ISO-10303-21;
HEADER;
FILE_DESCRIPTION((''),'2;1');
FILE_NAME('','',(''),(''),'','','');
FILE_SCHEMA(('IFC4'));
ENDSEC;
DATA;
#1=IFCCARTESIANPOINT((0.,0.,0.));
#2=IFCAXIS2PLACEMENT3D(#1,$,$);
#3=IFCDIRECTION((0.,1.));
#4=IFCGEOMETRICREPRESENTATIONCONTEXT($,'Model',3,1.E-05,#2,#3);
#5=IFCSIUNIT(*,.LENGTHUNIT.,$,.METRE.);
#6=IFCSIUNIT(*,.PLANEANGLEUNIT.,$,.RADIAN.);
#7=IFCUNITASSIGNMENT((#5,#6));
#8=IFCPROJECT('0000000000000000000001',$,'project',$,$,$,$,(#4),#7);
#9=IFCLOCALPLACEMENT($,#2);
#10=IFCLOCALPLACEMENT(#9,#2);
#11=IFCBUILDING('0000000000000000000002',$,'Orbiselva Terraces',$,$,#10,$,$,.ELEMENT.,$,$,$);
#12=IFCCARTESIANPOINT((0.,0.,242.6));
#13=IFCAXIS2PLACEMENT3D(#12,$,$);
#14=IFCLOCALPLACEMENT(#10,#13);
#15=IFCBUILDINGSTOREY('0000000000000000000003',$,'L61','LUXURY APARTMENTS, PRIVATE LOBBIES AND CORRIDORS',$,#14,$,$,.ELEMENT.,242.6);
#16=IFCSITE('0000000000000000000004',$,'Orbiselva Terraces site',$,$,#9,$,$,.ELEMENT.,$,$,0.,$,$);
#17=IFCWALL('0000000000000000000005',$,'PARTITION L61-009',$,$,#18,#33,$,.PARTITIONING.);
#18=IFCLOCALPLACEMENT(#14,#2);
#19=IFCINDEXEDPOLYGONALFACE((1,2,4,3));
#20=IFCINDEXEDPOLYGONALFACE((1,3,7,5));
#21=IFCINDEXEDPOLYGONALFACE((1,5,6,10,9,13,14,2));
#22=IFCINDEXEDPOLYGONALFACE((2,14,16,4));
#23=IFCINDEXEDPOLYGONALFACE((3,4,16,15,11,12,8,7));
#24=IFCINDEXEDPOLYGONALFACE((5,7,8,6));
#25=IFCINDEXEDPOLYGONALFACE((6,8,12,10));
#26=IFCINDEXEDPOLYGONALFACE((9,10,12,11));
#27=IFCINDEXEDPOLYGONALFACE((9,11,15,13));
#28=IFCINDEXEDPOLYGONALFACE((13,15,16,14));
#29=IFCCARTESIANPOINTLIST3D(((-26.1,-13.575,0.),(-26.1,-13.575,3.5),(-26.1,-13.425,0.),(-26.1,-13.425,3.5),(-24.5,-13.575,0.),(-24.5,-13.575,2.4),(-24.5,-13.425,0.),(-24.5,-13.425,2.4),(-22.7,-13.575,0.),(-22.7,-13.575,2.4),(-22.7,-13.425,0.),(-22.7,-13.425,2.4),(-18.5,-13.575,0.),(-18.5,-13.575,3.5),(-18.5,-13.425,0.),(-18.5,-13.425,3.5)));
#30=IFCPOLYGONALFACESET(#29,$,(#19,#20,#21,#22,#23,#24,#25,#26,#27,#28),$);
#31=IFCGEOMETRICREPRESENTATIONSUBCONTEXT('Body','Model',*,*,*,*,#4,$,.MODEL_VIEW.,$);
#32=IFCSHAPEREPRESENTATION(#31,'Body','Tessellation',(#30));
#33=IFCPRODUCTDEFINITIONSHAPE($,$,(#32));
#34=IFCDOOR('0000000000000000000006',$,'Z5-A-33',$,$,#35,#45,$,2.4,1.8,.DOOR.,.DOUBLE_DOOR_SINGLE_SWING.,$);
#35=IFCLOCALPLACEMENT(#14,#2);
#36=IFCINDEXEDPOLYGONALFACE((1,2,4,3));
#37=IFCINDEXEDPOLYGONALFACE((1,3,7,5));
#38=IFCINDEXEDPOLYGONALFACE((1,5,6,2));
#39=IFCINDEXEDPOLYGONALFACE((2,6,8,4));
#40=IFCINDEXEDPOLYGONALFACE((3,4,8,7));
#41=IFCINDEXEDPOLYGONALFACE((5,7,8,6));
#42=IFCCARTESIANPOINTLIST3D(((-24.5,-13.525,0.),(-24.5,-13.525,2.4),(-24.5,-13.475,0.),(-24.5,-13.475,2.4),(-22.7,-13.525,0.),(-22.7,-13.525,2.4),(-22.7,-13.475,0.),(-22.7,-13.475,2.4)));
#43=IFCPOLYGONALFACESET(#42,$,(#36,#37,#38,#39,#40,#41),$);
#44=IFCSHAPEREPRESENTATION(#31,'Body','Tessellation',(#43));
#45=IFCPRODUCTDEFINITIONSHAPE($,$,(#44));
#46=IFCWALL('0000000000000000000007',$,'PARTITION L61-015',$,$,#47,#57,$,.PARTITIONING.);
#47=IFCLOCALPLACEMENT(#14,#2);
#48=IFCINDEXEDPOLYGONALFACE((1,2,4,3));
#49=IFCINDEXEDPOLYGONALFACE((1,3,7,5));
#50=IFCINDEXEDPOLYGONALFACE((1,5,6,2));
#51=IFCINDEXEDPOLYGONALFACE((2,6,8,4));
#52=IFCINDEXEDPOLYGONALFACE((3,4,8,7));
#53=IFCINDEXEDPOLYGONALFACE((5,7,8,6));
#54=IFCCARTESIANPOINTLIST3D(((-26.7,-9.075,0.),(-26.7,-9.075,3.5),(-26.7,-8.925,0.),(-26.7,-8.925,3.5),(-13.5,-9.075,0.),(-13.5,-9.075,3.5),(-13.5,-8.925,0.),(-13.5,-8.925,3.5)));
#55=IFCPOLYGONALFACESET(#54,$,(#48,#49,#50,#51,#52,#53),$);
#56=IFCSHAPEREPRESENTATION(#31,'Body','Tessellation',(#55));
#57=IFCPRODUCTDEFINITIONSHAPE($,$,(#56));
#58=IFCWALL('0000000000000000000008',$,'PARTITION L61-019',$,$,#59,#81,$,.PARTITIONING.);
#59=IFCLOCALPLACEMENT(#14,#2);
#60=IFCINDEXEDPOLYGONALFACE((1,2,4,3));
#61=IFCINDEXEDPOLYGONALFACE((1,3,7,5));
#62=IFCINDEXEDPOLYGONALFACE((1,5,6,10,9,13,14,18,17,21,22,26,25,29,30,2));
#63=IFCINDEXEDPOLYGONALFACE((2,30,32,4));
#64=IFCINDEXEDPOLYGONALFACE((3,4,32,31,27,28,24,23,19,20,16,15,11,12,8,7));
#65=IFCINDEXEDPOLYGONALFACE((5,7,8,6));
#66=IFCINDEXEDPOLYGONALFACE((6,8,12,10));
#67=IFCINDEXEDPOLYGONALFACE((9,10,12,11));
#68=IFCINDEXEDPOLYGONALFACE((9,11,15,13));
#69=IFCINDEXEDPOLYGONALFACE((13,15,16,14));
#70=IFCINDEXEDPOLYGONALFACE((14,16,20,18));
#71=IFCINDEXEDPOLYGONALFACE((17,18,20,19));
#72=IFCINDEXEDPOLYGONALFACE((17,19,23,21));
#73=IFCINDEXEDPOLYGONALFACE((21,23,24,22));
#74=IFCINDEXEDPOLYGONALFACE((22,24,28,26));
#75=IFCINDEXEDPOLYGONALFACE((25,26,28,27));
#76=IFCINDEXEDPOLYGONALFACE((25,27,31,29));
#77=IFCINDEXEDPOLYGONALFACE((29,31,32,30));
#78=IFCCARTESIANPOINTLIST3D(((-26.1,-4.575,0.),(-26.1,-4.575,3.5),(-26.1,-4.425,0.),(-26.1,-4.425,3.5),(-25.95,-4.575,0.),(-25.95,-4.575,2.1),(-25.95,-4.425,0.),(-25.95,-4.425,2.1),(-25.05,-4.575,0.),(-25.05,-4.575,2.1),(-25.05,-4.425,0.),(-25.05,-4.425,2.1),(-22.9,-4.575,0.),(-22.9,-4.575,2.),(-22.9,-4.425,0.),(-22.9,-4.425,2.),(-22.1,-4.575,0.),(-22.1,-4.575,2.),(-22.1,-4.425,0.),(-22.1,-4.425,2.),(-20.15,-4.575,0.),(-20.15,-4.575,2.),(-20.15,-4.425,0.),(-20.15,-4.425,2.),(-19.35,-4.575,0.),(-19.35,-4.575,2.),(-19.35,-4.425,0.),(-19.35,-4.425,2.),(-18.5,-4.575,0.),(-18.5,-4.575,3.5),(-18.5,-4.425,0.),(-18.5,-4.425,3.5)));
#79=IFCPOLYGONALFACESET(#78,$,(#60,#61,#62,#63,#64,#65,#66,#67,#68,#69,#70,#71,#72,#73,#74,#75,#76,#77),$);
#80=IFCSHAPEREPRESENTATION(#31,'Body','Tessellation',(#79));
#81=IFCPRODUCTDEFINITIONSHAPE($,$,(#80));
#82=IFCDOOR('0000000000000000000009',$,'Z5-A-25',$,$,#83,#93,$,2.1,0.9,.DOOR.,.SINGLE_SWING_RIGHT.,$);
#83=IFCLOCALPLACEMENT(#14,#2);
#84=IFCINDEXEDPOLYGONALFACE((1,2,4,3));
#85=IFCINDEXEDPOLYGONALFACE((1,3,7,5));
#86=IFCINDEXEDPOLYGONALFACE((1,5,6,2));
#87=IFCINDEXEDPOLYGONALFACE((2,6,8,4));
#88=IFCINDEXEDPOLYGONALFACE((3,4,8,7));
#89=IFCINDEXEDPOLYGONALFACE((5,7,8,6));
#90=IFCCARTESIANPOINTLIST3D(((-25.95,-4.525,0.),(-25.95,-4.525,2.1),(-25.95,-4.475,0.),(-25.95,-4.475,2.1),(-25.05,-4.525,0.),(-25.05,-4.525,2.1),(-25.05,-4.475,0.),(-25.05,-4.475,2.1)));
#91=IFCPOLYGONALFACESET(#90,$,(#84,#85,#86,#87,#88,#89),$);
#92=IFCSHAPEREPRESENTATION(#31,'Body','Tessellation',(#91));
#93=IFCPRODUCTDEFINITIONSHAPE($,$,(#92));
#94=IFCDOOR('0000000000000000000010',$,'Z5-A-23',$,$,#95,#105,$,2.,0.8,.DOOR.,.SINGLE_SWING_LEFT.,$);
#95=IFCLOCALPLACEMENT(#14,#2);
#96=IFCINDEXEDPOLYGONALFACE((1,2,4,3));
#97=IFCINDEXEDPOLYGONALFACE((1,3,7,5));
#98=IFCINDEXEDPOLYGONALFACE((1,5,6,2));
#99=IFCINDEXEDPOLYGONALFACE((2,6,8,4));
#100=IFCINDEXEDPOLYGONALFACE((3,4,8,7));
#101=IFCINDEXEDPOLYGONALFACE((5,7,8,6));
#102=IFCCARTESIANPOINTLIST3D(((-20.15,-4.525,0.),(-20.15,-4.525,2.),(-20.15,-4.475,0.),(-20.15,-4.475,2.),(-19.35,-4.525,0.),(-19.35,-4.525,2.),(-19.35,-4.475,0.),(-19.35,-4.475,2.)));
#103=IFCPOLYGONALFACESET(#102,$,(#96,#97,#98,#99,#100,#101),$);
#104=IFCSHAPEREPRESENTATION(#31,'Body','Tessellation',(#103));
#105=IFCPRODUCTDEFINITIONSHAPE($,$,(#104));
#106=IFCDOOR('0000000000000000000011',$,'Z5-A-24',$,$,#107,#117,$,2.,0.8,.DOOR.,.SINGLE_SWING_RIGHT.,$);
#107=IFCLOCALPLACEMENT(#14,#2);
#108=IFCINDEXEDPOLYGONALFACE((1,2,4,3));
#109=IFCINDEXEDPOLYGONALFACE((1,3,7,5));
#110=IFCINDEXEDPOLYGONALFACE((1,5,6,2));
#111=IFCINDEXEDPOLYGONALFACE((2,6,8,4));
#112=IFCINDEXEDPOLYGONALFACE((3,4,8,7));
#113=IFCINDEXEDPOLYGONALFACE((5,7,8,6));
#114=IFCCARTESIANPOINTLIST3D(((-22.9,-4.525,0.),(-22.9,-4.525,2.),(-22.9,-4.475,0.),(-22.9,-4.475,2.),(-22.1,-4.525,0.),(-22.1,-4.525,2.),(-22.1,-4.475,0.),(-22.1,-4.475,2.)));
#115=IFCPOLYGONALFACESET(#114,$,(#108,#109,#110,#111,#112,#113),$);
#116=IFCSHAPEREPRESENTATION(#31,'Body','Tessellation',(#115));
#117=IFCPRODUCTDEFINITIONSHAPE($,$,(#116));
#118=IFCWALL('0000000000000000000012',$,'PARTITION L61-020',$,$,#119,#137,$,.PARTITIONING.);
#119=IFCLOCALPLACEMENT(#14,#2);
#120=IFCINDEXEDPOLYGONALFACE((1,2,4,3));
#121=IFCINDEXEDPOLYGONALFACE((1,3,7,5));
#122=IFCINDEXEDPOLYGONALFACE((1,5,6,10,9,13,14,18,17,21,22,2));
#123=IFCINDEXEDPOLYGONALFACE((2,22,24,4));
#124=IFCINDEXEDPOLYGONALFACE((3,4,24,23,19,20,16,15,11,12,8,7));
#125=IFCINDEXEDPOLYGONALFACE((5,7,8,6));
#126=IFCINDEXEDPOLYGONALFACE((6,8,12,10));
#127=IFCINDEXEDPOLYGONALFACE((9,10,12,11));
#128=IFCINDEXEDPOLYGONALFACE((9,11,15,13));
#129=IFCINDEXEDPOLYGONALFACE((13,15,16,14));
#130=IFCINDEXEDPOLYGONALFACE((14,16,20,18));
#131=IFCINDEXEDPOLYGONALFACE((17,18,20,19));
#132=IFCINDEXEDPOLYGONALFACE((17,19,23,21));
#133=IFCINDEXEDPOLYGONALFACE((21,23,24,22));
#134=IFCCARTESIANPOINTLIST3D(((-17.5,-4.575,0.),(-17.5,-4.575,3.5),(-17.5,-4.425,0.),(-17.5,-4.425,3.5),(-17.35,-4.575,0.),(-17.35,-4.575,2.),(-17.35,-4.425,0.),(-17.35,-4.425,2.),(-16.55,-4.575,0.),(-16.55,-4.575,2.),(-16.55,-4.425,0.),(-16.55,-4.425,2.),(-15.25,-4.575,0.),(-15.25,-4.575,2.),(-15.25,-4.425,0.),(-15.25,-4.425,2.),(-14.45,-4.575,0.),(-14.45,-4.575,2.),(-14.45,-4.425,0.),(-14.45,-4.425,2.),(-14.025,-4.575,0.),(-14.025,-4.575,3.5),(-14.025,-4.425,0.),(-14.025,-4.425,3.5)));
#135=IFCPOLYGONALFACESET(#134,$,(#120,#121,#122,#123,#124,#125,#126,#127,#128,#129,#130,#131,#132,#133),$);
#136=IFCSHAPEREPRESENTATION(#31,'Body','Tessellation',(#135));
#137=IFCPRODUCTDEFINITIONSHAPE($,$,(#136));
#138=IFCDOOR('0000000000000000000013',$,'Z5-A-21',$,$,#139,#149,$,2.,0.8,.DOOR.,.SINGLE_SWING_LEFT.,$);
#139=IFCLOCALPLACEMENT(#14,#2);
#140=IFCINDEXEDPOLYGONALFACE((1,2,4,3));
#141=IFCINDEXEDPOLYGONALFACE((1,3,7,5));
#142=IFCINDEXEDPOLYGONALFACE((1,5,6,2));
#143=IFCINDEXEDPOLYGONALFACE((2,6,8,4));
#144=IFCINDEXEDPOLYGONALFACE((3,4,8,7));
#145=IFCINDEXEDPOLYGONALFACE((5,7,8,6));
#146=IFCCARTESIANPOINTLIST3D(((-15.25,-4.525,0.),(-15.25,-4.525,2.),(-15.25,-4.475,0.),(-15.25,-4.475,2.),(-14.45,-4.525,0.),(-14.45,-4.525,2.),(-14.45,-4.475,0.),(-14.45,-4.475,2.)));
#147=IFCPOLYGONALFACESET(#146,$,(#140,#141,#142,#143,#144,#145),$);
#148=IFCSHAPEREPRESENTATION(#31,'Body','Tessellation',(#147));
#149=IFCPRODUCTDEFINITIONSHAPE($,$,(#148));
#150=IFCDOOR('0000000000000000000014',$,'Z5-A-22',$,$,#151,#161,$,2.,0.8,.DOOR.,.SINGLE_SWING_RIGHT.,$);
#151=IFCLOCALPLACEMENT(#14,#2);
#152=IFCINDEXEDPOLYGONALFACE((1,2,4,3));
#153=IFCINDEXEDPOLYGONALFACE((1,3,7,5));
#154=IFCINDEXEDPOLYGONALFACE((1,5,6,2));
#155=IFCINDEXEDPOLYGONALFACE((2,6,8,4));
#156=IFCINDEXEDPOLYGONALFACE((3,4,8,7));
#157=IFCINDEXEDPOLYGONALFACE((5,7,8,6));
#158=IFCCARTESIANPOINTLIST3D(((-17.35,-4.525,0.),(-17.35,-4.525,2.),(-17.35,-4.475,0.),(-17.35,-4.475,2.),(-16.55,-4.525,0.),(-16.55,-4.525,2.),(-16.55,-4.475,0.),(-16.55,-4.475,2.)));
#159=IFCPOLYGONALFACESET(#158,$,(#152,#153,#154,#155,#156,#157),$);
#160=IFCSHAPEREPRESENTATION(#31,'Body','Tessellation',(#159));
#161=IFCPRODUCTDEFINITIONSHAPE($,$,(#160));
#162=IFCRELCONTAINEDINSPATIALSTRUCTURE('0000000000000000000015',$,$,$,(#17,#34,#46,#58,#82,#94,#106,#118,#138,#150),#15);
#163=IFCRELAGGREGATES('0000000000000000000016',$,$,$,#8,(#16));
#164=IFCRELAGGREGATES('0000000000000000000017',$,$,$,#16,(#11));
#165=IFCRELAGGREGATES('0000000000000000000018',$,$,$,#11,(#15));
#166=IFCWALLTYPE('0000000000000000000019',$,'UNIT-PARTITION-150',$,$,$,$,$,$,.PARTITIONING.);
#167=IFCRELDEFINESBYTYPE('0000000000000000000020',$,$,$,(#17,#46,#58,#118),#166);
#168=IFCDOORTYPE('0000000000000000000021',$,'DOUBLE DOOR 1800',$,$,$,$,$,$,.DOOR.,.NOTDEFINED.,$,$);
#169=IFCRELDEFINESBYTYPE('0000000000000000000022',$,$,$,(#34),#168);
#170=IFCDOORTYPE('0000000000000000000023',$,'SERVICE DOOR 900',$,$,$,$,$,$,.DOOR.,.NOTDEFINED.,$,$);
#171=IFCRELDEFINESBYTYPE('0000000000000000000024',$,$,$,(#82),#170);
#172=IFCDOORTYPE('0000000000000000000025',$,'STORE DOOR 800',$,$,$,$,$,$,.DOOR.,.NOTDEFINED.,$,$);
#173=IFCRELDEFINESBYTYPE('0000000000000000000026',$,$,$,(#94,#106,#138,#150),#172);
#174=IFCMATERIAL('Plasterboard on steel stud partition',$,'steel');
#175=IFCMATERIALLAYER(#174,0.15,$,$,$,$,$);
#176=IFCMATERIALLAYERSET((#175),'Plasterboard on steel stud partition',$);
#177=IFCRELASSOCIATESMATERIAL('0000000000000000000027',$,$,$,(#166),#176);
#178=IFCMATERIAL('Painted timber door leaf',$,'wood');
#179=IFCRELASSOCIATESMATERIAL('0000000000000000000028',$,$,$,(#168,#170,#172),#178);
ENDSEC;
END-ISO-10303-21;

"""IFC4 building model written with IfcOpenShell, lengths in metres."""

from ifc_helpers import new_model, si_unit, direction, frame, frame_2d, origin, place, context, subcontext, project, spatial, rectangle, extrude, material, layer, layer_set, type_object, element, fill, save


model = new_model("IFC4")

# Units and contexts
model_context = context("Model", 3, precision=1e-05, world=origin(), true_north=direction((0.0, 1.0)))
body_context = subcontext(model_context, "Body", "Model", "MODEL_VIEW")
ifc_project = project(units=[si_unit("LENGTHUNIT", "METRE"), si_unit("PLANEANGLEUNIT", "RADIAN")], contexts=[model_context])

# Site, building, storey
site_placement = place(None, origin())
site = spatial("IfcSite", under=ifc_project, at=site_placement, Name="Orbiselva Terraces site", CompositionType="ELEMENT", RefElevation=0.0)
building_placement = place(site_placement, origin())
building = spatial("IfcBuilding", under=site, at=building_placement, Name="Orbiselva Terraces", CompositionType="ELEMENT")
storey_placement = place(building_placement, frame((0.0, 0.0, 242.6)))
storey = spatial("IfcBuildingStorey", under=building, at=storey_placement, Name="L61", Description="LUXURY APARTMENTS, PRIVATE LOBBIES AND CORRIDORS", CompositionType="ELEMENT", Elevation=242.6)

# Shared definitions
ifc_material_1 = material(Name="Plasterboard on steel stud partition", Category="steel")

# Wall, opening, door
ifc_layer_1 = layer(ifc_material_1, 0.15)
ifc_layer_set_1 = layer_set([ifc_layer_1], Name="Plasterboard on steel stud partition")
wall_type_1 = type_object("IfcWallType", Name="UNIT-PARTITION-150", PredefinedType="PARTITIONING", material=ifc_layer_set_1)
wall_1_placement = place(storey_placement, frame((-18.5, -13.5, 0.0), z_axis=(0.0, 0.0, 1.0), x_axis=(-1.0, 0.0, 0.0)))
wall_1 = element("IfcWall", 1, at=wall_1_placement, inside=storey, type_object=wall_type_1, Name="PARTITION L61-009", PredefinedType="PARTITIONING", context=body_context, shape_type="SweptSolid", body=[
    extrude(rectangle(XDim=7.6, YDim=0.15, at=frame_2d((3.8, 0.0))), origin(), (0.0, 0.0, 1.0), 3.5),
])
opening_1_placement = place(wall_1_placement, frame((4.2, 0.0, 0.0)))
opening_1 = element("IfcOpeningElement", 2, at=opening_1_placement, cuts=wall_1, PredefinedType="OPENING", context=body_context, shape_type="SweptSolid", body=[
    extrude(rectangle(XDim=1.8, YDim=2.4, at=frame_2d((0.9, 1.2))), frame((0.0, 0.085, 0.0), z_axis=(0.0, -1.0, 0.0), x_axis=(1.0, 0.0, 0.0)), (0.0, 0.0, 1.0), 0.17),
])
ifc_material_2 = material(Name="Painted timber door leaf", Category="wood")
door_type_1 = type_object("IfcDoorType", Name="DOUBLE DOOR 1800", OperationType="NOTDEFINED", PredefinedType="DOOR", material=ifc_material_2)
door_1_placement = place(opening_1_placement, origin())
door_1 = element("IfcDoor", 3, at=door_1_placement, inside=storey, type_object=door_type_1, Name="Z5-A-33", OperationType="DOUBLE_DOOR_SINGLE_SWING", OverallHeight=2.4, OverallWidth=1.8, PredefinedType="DOOR", context=body_context, shape_type="SweptSolid", body=[
    extrude(rectangle(XDim=1.8, YDim=2.4, at=frame_2d((0.9, 1.2))), frame((0.0, 0.025, 0.0), z_axis=(0.0, -1.0, 0.0), x_axis=(1.0, 0.0, 0.0)), (0.0, 0.0, 1.0), 0.05),
])
fill(opening_1, door_1)

# Wall
wall_2_placement = place(storey_placement, frame((-26.7, -9.0, 0.0), z_axis=(0.0, 0.0, 1.0), x_axis=(1.0, 0.0, 0.0)))
element("IfcWall", 4, at=wall_2_placement, inside=storey, type_object=wall_type_1, Name="PARTITION L61-015", PredefinedType="PARTITIONING", context=body_context, shape_type="SweptSolid", body=[
    extrude(rectangle(XDim=13.2, YDim=0.15, at=frame_2d((6.6, 0.0))), origin(), (0.0, 0.0, 1.0), 3.5),
])

# Walls, openings, doors
wall_3_placement = place(storey_placement, frame((-18.5, -4.5, 0.0), z_axis=(0.0, 0.0, 1.0), x_axis=(-1.0, 0.0, 0.0)))
wall_3 = element("IfcWall", 5, at=wall_3_placement, inside=storey, type_object=wall_type_1, Name="PARTITION L61-019", PredefinedType="PARTITIONING", context=body_context, shape_type="SweptSolid", body=[
    extrude(rectangle(XDim=7.6, YDim=0.15, at=frame_2d((3.8, 0.0))), origin(), (0.0, 0.0, 1.0), 3.5),
])
opening_2_placement = place(wall_3_placement, frame((0.85, 0.0, 0.0)))
opening_2 = element("IfcOpeningElement", 6, at=opening_2_placement, cuts=wall_3, PredefinedType="OPENING", context=body_context, shape_type="SweptSolid", body=[
    extrude(rectangle(XDim=0.8, YDim=2.0, at=frame_2d((0.4, 1.0))), frame((0.0, 0.085, 0.0), z_axis=(0.0, -1.0, 0.0), x_axis=(1.0, 0.0, 0.0)), (0.0, 0.0, 1.0), 0.17),
])
opening_3_placement = place(wall_3_placement, frame((3.6, 0.0, 0.0)))
opening_3 = element("IfcOpeningElement", 7, at=opening_3_placement, cuts=wall_3, PredefinedType="OPENING", context=body_context, shape_type="SweptSolid", body=[
    extrude(rectangle(XDim=0.8, YDim=2.0, at=frame_2d((0.4, 1.0))), frame((0.0, 0.085, 0.0), z_axis=(0.0, -1.0, 0.0), x_axis=(1.0, 0.0, 0.0)), (0.0, 0.0, 1.0), 0.17),
])
opening_4_placement = place(wall_3_placement, frame((6.55, 0.0, 0.0)))
opening_4 = element("IfcOpeningElement", 8, at=opening_4_placement, cuts=wall_3, PredefinedType="OPENING", context=body_context, shape_type="SweptSolid", body=[
    extrude(rectangle(XDim=0.9, YDim=2.1, at=frame_2d((0.45, 1.05))), frame((0.0, 0.085, 0.0), z_axis=(0.0, -1.0, 0.0), x_axis=(1.0, 0.0, 0.0)), (0.0, 0.0, 1.0), 0.17),
])
door_type_2 = type_object("IfcDoorType", Name="SERVICE DOOR 900", OperationType="NOTDEFINED", PredefinedType="DOOR", material=ifc_material_2)
door_2_placement = place(opening_4_placement, origin())
door_2 = element("IfcDoor", 9, at=door_2_placement, inside=storey, type_object=door_type_2, Name="Z5-A-25", OperationType="SINGLE_SWING_RIGHT", OverallHeight=2.1, OverallWidth=0.9, PredefinedType="DOOR", context=body_context, shape_type="SweptSolid", body=[
    extrude(rectangle(XDim=0.9, YDim=2.1, at=frame_2d((0.45, 1.05))), frame((0.0, 0.025, 0.0), z_axis=(0.0, -1.0, 0.0), x_axis=(1.0, 0.0, 0.0)), (0.0, 0.0, 1.0), 0.05),
])
fill(opening_4, door_2)
door_type_3 = type_object("IfcDoorType", Name="STORE DOOR 800", OperationType="NOTDEFINED", PredefinedType="DOOR", material=ifc_material_2)
door_3_placement = place(opening_2_placement, origin())
door_3 = element("IfcDoor", 10, at=door_3_placement, inside=storey, type_object=door_type_3, Name="Z5-A-23", OperationType="SINGLE_SWING_LEFT", OverallHeight=2.0, OverallWidth=0.8, PredefinedType="DOOR", context=body_context, shape_type="SweptSolid", body=[
    extrude(rectangle(XDim=0.8, YDim=2.0, at=frame_2d((0.4, 1.0))), frame((0.0, 0.025, 0.0), z_axis=(0.0, -1.0, 0.0), x_axis=(1.0, 0.0, 0.0)), (0.0, 0.0, 1.0), 0.05),
])
fill(opening_2, door_3)
door_4_placement = place(opening_3_placement, origin())
door_4 = element("IfcDoor", 11, at=door_4_placement, inside=storey, type_object=door_type_3, Name="Z5-A-24", OperationType="SINGLE_SWING_RIGHT", OverallHeight=2.0, OverallWidth=0.8, PredefinedType="DOOR", context=body_context, shape_type="SweptSolid", body=[
    extrude(rectangle(XDim=0.8, YDim=2.0, at=frame_2d((0.4, 1.0))), frame((0.0, 0.025, 0.0), z_axis=(0.0, -1.0, 0.0), x_axis=(1.0, 0.0, 0.0)), (0.0, 0.0, 1.0), 0.05),
])
fill(opening_3, door_4)
wall_4_placement = place(storey_placement, frame((-14.025, -4.5, 0.0), z_axis=(0.0, 0.0, 1.0), x_axis=(-1.0, 0.0, 0.0)))
wall_4 = element("IfcWall", 12, at=wall_4_placement, inside=storey, type_object=wall_type_1, Name="PARTITION L61-020", PredefinedType="PARTITIONING", context=body_context, shape_type="SweptSolid", body=[
    extrude(rectangle(XDim=3.475, YDim=0.15, at=frame_2d((1.7375, 0.0))), origin(), (0.0, 0.0, 1.0), 3.5),
])
opening_5_placement = place(wall_4_placement, frame((0.425, 0.0, 0.0)))
opening_5 = element("IfcOpeningElement", 13, at=opening_5_placement, cuts=wall_4, PredefinedType="OPENING", context=body_context, shape_type="SweptSolid", body=[
    extrude(rectangle(XDim=0.8, YDim=2.0, at=frame_2d((0.4, 1.0))), frame((0.0, 0.085, 0.0), z_axis=(0.0, -1.0, 0.0), x_axis=(1.0, 0.0, 0.0)), (0.0, 0.0, 1.0), 0.17),
])
opening_6_placement = place(wall_4_placement, frame((2.525, 0.0, 0.0)))
opening_6 = element("IfcOpeningElement", 14, at=opening_6_placement, cuts=wall_4, PredefinedType="OPENING", context=body_context, shape_type="SweptSolid", body=[
    extrude(rectangle(XDim=0.8, YDim=2.0, at=frame_2d((0.4, 1.0))), frame((0.0, 0.085, 0.0), z_axis=(0.0, -1.0, 0.0), x_axis=(1.0, 0.0, 0.0)), (0.0, 0.0, 1.0), 0.17),
])
door_5_placement = place(opening_5_placement, origin())
door_5 = element("IfcDoor", 15, at=door_5_placement, inside=storey, type_object=door_type_3, Name="Z5-A-21", OperationType="SINGLE_SWING_LEFT", OverallHeight=2.0, OverallWidth=0.8, PredefinedType="DOOR", context=body_context, shape_type="SweptSolid", body=[
    extrude(rectangle(XDim=0.8, YDim=2.0, at=frame_2d((0.4, 1.0))), frame((0.0, 0.025, 0.0), z_axis=(0.0, -1.0, 0.0), x_axis=(1.0, 0.0, 0.0)), (0.0, 0.0, 1.0), 0.05),
])
fill(opening_5, door_5)
door_6_placement = place(opening_6_placement, origin())
door_6 = element("IfcDoor", 16, at=door_6_placement, inside=storey, type_object=door_type_3, Name="Z5-A-22", OperationType="SINGLE_SWING_RIGHT", OverallHeight=2.0, OverallWidth=0.8, PredefinedType="DOOR", context=body_context, shape_type="SweptSolid", body=[
    extrude(rectangle(XDim=0.8, YDim=2.0, at=frame_2d((0.4, 1.0))), frame((0.0, 0.025, 0.0), z_axis=(0.0, -1.0, 0.0), x_axis=(1.0, 0.0, 0.0)), (0.0, 0.0, 1.0), 0.05),
])
fill(opening_6, door_6)

save(model, "model.ifc")
